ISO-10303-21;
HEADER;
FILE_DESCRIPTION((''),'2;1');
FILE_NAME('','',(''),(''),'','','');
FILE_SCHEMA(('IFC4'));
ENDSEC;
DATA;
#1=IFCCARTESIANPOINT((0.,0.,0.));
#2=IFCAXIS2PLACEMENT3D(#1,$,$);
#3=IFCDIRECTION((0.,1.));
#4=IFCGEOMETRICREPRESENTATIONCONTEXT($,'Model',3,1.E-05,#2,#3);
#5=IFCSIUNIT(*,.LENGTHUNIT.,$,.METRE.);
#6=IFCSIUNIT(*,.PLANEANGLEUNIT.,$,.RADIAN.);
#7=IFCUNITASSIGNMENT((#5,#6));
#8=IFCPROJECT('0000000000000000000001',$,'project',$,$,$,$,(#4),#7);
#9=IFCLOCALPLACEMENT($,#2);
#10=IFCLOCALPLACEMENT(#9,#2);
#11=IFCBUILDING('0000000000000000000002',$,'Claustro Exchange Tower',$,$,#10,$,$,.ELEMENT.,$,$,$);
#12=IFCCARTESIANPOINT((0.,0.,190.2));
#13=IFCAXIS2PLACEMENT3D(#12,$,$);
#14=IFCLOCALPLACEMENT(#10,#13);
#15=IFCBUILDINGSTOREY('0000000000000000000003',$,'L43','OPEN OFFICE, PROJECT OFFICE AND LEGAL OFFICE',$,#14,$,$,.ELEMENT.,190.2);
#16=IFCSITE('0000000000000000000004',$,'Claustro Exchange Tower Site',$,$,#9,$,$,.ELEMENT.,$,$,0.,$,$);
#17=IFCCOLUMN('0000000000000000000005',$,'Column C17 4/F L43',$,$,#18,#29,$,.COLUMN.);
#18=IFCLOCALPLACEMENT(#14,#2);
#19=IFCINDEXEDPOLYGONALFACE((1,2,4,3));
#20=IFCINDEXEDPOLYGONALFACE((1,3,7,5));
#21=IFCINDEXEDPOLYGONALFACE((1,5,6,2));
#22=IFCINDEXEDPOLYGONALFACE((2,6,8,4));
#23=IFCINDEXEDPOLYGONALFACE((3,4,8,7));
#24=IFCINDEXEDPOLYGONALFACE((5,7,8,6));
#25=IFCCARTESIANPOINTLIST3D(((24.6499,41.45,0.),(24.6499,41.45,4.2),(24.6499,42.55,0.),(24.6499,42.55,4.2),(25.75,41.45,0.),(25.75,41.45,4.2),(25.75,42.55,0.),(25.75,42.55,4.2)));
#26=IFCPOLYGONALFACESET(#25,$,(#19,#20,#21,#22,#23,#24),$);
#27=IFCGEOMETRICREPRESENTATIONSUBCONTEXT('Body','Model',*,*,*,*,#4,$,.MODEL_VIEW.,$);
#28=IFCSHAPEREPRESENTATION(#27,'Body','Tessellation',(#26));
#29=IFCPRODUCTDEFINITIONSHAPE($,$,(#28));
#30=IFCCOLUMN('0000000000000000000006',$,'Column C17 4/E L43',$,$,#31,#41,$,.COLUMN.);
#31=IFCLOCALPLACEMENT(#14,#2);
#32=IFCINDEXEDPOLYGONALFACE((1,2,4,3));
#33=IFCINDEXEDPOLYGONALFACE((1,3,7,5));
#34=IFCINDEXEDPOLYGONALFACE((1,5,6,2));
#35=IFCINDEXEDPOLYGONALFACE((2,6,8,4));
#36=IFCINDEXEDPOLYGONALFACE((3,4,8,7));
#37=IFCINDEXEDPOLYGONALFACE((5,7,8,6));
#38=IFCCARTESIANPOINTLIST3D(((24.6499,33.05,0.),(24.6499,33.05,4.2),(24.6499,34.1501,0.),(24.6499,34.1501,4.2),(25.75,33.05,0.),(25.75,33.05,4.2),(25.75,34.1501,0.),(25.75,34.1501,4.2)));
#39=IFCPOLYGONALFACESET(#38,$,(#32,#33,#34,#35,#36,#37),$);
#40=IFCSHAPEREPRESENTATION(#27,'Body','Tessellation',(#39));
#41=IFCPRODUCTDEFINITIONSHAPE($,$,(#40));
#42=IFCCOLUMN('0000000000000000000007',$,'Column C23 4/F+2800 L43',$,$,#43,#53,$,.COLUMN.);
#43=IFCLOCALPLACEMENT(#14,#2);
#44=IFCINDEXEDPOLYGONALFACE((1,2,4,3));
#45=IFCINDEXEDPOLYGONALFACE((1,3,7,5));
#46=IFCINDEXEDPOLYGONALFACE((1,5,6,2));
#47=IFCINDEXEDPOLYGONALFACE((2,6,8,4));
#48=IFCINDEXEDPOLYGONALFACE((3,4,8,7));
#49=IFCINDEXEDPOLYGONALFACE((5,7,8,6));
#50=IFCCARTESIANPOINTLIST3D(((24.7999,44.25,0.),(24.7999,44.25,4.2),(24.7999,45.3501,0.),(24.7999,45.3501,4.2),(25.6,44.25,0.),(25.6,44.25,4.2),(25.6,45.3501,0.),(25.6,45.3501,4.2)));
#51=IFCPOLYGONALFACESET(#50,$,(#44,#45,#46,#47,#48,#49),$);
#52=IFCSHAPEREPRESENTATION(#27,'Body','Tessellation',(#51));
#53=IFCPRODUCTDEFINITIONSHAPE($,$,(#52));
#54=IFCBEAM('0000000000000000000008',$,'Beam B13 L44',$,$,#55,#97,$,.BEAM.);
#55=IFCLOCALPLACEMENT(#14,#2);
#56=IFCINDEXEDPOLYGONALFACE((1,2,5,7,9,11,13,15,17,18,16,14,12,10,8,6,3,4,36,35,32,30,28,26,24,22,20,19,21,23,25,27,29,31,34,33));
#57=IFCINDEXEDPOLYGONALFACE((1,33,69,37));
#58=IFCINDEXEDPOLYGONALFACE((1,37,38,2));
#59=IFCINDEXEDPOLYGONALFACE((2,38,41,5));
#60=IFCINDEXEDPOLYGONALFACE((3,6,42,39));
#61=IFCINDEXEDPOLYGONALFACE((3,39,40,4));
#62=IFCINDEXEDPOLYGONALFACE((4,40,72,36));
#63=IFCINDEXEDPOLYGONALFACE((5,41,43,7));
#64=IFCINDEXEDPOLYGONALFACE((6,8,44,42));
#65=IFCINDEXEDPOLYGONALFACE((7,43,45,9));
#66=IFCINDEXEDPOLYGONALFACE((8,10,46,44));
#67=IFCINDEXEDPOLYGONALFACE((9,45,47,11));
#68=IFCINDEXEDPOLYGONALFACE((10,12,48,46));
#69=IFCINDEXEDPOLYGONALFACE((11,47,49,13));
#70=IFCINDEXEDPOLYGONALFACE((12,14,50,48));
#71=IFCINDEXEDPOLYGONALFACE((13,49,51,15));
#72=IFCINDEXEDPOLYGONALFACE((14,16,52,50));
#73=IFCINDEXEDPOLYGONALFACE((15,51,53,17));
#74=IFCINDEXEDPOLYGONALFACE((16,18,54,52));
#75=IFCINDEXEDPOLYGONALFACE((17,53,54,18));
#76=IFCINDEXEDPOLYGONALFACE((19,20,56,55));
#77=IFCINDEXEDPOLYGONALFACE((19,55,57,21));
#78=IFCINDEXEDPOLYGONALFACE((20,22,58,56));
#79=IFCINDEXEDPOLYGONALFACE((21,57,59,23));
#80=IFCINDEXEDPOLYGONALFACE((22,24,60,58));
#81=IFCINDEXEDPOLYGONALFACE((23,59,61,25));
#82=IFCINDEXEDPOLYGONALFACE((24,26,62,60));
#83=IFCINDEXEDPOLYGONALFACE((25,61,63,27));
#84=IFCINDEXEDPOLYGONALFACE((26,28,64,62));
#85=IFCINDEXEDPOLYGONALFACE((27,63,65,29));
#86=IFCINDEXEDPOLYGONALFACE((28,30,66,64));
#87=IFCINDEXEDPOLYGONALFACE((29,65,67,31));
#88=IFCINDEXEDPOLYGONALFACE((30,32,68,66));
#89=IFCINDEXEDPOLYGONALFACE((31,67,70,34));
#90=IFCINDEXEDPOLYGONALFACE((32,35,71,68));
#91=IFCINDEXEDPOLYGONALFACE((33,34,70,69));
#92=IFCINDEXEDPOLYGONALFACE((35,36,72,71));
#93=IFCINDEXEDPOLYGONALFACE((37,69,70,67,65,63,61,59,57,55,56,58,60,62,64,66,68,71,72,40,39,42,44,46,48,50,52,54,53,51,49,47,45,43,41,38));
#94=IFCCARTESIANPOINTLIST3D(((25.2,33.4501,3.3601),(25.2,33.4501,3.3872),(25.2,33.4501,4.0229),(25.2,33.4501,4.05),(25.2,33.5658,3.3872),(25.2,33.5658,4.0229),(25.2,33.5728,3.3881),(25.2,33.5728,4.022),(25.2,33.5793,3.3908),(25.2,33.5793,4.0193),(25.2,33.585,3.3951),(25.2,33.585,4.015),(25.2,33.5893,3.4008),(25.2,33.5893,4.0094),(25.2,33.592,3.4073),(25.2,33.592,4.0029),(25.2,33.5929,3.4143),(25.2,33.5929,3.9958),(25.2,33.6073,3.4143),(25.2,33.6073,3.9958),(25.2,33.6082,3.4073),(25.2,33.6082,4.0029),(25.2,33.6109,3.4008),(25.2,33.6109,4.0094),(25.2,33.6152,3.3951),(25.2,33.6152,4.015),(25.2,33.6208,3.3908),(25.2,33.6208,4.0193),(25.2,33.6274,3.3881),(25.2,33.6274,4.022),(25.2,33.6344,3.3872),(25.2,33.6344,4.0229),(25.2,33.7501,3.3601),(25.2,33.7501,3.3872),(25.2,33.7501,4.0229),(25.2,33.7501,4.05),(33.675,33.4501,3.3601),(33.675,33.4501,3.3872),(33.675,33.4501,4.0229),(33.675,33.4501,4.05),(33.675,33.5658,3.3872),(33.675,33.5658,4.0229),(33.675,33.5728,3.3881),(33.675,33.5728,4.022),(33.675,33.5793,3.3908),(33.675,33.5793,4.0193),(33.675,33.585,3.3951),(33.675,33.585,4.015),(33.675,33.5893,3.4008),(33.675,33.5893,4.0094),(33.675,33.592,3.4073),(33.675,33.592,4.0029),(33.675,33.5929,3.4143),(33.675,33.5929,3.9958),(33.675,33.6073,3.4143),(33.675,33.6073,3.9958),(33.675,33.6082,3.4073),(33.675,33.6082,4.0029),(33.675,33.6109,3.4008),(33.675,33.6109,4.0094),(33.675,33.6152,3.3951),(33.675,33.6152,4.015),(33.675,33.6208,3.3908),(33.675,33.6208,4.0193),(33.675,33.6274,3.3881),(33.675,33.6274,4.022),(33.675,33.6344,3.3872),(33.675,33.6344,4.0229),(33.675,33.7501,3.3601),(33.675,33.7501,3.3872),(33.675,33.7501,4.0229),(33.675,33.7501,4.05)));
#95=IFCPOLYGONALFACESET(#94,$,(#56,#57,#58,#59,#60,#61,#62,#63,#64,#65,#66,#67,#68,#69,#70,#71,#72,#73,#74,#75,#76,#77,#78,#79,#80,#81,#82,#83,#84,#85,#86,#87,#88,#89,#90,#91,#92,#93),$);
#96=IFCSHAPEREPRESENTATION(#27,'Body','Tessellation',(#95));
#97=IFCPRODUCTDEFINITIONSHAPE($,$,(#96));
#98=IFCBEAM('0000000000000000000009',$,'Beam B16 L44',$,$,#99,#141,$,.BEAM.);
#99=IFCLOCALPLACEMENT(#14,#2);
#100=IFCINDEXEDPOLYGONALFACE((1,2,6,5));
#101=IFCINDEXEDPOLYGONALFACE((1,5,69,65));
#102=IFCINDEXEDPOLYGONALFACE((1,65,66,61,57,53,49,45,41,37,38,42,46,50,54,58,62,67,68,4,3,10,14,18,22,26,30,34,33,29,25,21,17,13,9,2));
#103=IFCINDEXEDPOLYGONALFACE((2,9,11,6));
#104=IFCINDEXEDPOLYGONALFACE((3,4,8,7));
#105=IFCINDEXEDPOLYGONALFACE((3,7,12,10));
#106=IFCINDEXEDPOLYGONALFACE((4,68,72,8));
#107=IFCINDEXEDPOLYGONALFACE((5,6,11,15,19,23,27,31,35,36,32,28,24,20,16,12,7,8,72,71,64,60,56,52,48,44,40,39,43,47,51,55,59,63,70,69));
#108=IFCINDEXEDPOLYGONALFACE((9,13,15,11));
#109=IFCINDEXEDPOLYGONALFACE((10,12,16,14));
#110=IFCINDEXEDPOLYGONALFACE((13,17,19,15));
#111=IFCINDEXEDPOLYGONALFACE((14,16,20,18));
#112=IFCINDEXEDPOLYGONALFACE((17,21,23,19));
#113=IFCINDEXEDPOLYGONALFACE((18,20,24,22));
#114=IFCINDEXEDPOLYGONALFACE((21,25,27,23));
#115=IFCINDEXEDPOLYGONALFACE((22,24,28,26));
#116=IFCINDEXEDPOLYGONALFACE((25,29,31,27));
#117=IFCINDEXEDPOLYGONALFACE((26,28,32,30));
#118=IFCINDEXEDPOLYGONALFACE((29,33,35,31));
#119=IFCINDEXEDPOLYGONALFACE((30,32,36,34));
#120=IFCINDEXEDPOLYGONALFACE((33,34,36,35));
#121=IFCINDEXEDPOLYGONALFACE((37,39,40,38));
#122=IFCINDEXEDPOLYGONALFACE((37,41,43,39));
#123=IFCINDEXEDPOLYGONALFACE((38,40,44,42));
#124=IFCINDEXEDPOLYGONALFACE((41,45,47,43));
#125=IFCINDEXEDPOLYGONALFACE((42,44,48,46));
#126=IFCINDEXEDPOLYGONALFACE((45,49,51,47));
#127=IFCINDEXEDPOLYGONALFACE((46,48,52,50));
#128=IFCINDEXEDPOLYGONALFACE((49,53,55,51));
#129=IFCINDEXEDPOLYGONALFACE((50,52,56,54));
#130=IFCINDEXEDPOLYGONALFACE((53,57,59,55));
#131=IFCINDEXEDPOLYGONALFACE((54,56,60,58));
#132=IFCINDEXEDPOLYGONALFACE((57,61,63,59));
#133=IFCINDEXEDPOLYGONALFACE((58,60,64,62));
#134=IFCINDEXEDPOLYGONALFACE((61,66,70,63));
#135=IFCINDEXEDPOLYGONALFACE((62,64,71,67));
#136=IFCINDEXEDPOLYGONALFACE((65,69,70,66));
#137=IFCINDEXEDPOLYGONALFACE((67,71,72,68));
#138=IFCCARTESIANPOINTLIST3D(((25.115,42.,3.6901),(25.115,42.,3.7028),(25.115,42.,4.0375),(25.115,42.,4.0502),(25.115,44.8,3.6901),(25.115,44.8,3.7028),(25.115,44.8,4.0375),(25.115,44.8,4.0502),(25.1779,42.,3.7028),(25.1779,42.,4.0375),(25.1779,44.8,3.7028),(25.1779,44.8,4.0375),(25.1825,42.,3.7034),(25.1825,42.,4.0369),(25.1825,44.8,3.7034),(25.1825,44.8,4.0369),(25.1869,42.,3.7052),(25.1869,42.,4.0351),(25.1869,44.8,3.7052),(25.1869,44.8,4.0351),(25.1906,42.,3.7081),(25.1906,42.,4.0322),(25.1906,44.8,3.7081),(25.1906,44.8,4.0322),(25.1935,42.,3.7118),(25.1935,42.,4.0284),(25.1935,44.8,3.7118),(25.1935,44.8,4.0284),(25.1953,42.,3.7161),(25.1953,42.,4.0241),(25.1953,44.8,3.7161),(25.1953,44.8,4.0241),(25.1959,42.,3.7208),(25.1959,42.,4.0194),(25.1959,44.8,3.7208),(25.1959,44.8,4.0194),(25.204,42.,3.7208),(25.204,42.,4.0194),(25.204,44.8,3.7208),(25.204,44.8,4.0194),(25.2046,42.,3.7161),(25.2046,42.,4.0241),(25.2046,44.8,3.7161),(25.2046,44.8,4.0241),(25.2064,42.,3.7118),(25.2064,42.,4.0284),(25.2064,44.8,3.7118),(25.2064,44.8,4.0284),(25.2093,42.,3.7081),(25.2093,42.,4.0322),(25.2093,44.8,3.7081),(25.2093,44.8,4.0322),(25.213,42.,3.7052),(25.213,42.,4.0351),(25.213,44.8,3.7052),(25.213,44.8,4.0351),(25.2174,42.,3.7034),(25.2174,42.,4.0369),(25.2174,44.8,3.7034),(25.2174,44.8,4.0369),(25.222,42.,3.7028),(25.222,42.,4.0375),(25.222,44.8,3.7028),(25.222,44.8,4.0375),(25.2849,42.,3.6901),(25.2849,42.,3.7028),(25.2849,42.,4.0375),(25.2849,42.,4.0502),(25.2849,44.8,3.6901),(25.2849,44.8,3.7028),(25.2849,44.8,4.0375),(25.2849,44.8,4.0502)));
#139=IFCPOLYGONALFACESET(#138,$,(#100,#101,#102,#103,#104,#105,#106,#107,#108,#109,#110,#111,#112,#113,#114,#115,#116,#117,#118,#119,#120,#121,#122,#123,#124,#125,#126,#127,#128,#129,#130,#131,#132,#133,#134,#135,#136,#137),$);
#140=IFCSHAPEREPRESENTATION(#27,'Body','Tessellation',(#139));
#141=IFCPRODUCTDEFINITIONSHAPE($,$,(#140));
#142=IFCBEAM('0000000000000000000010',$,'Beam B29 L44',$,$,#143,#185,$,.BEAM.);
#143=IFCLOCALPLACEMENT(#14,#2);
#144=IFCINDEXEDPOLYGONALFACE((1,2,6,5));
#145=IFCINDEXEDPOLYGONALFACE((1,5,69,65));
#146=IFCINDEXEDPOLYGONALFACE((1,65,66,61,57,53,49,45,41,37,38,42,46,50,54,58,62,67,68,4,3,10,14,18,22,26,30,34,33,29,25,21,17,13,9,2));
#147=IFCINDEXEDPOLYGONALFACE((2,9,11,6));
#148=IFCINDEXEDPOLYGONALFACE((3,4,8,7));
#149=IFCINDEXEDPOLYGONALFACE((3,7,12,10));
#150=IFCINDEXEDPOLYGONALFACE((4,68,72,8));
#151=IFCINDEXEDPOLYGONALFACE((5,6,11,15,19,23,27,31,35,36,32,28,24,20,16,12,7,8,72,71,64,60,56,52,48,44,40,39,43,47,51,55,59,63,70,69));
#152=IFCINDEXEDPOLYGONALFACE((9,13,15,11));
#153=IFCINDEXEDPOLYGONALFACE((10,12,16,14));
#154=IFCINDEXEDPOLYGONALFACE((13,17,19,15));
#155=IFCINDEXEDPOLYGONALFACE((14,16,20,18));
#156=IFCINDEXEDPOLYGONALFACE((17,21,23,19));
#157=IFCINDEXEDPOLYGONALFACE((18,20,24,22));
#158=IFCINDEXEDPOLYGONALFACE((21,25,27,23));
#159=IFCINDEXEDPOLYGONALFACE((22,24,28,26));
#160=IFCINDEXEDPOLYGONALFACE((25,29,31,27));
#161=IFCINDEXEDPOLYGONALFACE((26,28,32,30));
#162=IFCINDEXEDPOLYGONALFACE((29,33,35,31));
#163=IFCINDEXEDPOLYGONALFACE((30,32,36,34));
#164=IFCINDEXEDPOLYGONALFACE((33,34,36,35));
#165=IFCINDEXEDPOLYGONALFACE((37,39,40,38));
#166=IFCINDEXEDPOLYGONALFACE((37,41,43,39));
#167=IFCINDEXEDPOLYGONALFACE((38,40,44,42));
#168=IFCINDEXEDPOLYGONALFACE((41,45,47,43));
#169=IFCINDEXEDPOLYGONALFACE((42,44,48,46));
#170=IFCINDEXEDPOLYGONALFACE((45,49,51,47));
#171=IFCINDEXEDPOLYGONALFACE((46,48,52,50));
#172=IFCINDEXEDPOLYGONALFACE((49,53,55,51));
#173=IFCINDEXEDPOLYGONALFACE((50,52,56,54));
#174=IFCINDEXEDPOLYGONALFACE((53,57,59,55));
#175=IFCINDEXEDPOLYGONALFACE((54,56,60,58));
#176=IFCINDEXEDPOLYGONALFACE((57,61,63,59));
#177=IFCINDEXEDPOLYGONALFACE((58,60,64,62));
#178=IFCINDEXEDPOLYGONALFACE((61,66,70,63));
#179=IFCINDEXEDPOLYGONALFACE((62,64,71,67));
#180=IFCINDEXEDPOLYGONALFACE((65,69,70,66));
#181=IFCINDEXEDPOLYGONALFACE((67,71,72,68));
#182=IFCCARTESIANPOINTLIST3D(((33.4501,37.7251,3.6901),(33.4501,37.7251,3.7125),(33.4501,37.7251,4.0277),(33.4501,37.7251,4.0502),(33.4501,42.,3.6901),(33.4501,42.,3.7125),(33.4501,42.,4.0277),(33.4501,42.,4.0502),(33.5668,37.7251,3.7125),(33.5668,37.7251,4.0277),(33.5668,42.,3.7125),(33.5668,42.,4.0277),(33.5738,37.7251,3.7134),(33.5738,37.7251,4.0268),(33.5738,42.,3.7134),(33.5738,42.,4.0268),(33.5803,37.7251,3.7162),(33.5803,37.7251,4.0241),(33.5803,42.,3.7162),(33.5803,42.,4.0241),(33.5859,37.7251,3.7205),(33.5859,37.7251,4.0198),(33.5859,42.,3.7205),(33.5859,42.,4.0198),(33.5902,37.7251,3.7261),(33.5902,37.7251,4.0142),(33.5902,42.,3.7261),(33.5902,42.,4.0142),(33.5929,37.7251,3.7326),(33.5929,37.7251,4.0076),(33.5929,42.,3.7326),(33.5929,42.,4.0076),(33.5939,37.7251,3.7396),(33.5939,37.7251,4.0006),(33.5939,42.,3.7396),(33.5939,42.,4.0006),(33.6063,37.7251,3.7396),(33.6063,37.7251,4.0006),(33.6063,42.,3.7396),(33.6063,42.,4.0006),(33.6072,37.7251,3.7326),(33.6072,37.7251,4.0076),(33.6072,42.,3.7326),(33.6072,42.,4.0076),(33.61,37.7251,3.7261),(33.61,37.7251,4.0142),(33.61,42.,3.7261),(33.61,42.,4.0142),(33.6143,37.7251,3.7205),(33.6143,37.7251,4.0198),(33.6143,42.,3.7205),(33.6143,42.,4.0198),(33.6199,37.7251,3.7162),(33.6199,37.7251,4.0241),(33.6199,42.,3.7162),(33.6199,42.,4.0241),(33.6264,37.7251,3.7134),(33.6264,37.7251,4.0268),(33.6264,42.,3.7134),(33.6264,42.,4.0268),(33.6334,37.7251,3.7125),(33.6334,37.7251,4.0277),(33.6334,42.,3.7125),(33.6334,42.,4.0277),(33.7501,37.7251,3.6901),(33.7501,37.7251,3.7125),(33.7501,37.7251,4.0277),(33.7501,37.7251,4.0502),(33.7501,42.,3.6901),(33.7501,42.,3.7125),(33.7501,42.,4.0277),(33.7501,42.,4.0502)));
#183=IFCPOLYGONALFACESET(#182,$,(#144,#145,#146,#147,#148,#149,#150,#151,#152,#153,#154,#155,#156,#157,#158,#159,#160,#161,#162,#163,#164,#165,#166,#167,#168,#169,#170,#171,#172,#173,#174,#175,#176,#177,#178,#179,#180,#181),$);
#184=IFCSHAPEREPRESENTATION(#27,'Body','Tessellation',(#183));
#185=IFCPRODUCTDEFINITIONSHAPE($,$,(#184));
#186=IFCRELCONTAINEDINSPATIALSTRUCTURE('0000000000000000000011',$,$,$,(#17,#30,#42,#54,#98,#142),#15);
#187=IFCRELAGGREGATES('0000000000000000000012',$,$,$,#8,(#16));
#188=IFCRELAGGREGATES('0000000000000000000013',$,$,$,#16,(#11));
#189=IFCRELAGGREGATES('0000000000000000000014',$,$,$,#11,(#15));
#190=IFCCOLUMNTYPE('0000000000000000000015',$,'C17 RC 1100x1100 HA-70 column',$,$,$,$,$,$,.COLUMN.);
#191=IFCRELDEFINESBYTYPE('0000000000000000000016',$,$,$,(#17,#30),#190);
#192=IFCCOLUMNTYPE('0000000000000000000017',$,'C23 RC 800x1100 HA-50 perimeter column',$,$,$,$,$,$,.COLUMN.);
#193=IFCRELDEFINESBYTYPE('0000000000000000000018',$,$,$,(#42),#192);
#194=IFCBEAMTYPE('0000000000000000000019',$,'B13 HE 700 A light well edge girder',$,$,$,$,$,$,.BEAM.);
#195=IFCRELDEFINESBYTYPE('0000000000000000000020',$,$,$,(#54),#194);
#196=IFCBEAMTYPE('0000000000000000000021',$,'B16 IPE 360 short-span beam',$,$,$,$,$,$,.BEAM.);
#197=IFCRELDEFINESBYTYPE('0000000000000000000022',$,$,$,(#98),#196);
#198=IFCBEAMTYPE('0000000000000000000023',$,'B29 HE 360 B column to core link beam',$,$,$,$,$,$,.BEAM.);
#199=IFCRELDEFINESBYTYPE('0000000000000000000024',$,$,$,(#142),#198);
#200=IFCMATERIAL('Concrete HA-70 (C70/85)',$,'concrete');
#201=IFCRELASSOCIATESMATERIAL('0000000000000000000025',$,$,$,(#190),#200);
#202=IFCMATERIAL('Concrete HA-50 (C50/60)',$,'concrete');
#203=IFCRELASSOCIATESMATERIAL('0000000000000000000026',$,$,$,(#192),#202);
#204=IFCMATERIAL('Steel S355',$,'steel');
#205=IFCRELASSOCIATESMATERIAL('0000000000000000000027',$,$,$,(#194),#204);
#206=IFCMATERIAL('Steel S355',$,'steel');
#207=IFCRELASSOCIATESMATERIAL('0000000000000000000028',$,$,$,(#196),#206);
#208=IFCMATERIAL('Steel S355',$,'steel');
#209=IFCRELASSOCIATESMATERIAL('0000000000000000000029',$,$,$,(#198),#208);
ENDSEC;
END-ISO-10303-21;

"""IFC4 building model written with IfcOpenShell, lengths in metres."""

from ifc_helpers import new_model, si_unit, direction, frame, origin, origin_2d, place, context, subcontext, project, spatial, rectangle, i_section, extrude, material, material_profile, profile_set, type_object, element, save


model = new_model("IFC4")

# Units and contexts
model_context = context("Model", 3, precision=1e-05, world=origin(), true_north=direction((0.0, 1.0)))
body_context = subcontext(model_context, "Body", "Model", "MODEL_VIEW")
ifc_project = project(units=[si_unit("LENGTHUNIT", "METRE"), si_unit("PLANEANGLEUNIT", "RADIAN")], contexts=[model_context])

# Site, building, storey
site_placement = place(None, origin())
site = spatial("IfcSite", under=ifc_project, at=site_placement, Name="Claustro Exchange Tower Site", CompositionType="ELEMENT", RefElevation=0.0)
building_placement = place(site_placement, origin())
building = spatial("IfcBuilding", under=site, at=building_placement, Name="Claustro Exchange Tower", CompositionType="ELEMENT")
storey_placement = place(building_placement, frame((0.0, 0.0, 190.2)))
storey = spatial("IfcBuildingStorey", under=building, at=storey_placement, Name="L43", Description="OPEN OFFICE, PROJECT OFFICE AND LEGAL OFFICE", CompositionType="ELEMENT", Elevation=190.2)

# Columns
ifc_material_1 = material(Name="Concrete HA-70 (C70/85)", Category="concrete")
ifc_material_profile_1 = material_profile(ifc_material_1, rectangle(XDim=1.1001, YDim=1.1001, at=origin_2d()), Name="RC 1100x1100")
ifc_profile_set_1 = profile_set([ifc_material_profile_1], Name="Concrete HA-70 (C70/85)")
column_type_1 = type_object("IfcColumnType", Name="C17 RC 1100x1100 HA-70 column", PredefinedType="COLUMN", material=ifc_profile_set_1)
for number, where, z_axis, x_axis, name in (
    (1, (25.2, 42.0, 0.0), (0.0, 0.0, 1.0), (1.0, 0.0, 0.0), "Column C17 4/F L43"),
    (2, (25.2, 33.6001, 0.0), (0.0, 0.0, 1.0), (1.0, 0.0, 0.0), "Column C17 4/E L43"),
):
    element("IfcColumn", number, at=place(storey_placement, frame(where, z_axis=z_axis, x_axis=x_axis)), inside=storey, type_object=column_type_1, Name=name, PredefinedType="COLUMN", context=body_context, shape_type="SweptSolid", body=[
        extrude(rectangle(XDim=1.1001, YDim=1.1001, at=origin_2d()), origin(), (0.0, 0.0, 1.0), 4.2),
    ])
ifc_material_2 = material(Name="Concrete HA-50 (C50/60)", Category="concrete")
ifc_material_profile_2 = material_profile(ifc_material_2, rectangle(XDim=0.8, YDim=1.1001, at=origin_2d()), Name="RC 800x1100")
ifc_profile_set_2 = profile_set([ifc_material_profile_2], Name="Concrete HA-50 (C50/60)")
column_type_2 = type_object("IfcColumnType", Name="C23 RC 800x1100 HA-50 perimeter column", PredefinedType="COLUMN", material=ifc_profile_set_2)
column_placement = place(storey_placement, frame((25.2, 44.8, 0.0), z_axis=(0.0, 0.0, 1.0), x_axis=(1.0, 0.0, 0.0)))
element("IfcColumn", 3, at=column_placement, inside=storey, type_object=column_type_2, Name="Column C23 4/F+2800 L43", PredefinedType="COLUMN", context=body_context, shape_type="SweptSolid", body=[
    extrude(rectangle(XDim=0.8, YDim=1.1001, at=origin_2d()), origin(), (0.0, 0.0, 1.0), 4.2),
])

# Beams
ifc_material_3 = material(Name="Steel S355", Category="steel")
ifc_material_profile_3 = material_profile(ifc_material_3, i_section(OverallWidth=0.3, OverallDepth=0.6899, WebThickness=0.0144, FlangeThickness=0.0271, FilletRadius=0.0271, at=origin_2d()), Name="HE 700 A")
ifc_profile_set_3 = profile_set([ifc_material_profile_3], Name="Steel S355")
beam_type_1 = type_object("IfcBeamType", Name="B13 HE 700 A light well edge girder", PredefinedType="BEAM", material=ifc_profile_set_3)
beam_1_placement = place(storey_placement, frame((25.2, 33.6001, 3.7051), z_axis=(1.0, 0.0, 0.0), x_axis=(0.0, 1.0, 0.0)))
element("IfcBeam", 4, at=beam_1_placement, inside=storey, type_object=beam_type_1, Name="Beam B13 L44", PredefinedType="BEAM", context=body_context, shape_type="SweptSolid", body=[
    extrude(i_section(OverallWidth=0.3, OverallDepth=0.6899, WebThickness=0.0144, FlangeThickness=0.0271, FilletRadius=0.0271, at=origin_2d()), origin(), (0.0, 0.0, 1.0), 8.4751),
])
ifc_material_4 = material(Name="Steel S355", Category="steel")
ifc_material_profile_4 = material_profile(ifc_material_4, i_section(OverallWidth=0.1699, OverallDepth=0.3601, WebThickness=0.0081, FlangeThickness=0.0127, FilletRadius=0.0181, at=origin_2d()), Name="IPE 360")
ifc_profile_set_4 = profile_set([ifc_material_profile_4], Name="Steel S355")
beam_type_2 = type_object("IfcBeamType", Name="B16 IPE 360 short-span beam", PredefinedType="BEAM", material=ifc_profile_set_4)
beam_2_placement = place(storey_placement, frame((25.2, 42.0, 3.8701), z_axis=(0.0, 1.0, 0.0), x_axis=(-1.0, 0.0, 0.0)))
element("IfcBeam", 5, at=beam_2_placement, inside=storey, type_object=beam_type_2, Name="Beam B16 L44", PredefinedType="BEAM", context=body_context, shape_type="SweptSolid", body=[
    extrude(i_section(OverallWidth=0.1699, OverallDepth=0.3601, WebThickness=0.0081, FlangeThickness=0.0127, FilletRadius=0.0181, at=origin_2d()), origin(), (0.0, 0.0, 1.0), 2.8),
])
ifc_material_5 = material(Name="Steel S355", Category="steel")
ifc_material_profile_5 = material_profile(ifc_material_5, i_section(OverallWidth=0.3, OverallDepth=0.3601, WebThickness=0.0125, FlangeThickness=0.0225, FilletRadius=0.0271, at=origin_2d()), Name="HE 360 B")
ifc_profile_set_5 = profile_set([ifc_material_profile_5], Name="Steel S355")
beam_type_3 = type_object("IfcBeamType", Name="B29 HE 360 B column to core link beam", PredefinedType="BEAM", material=ifc_profile_set_5)
beam_3_placement = place(storey_placement, frame((33.6001, 37.7251, 3.8701), z_axis=(0.0, 1.0, 0.0), x_axis=(-1.0, 0.0, 0.0)))
element("IfcBeam", 6, at=beam_3_placement, inside=storey, type_object=beam_type_3, Name="Beam B29 L44", PredefinedType="BEAM", context=body_context, shape_type="SweptSolid", body=[
    extrude(i_section(OverallWidth=0.3, OverallDepth=0.3601, WebThickness=0.0125, FlangeThickness=0.0225, FilletRadius=0.0271, at=origin_2d()), origin(), (0.0, 0.0, 1.0), 4.2749),
])

save(model, "model.ifc")
